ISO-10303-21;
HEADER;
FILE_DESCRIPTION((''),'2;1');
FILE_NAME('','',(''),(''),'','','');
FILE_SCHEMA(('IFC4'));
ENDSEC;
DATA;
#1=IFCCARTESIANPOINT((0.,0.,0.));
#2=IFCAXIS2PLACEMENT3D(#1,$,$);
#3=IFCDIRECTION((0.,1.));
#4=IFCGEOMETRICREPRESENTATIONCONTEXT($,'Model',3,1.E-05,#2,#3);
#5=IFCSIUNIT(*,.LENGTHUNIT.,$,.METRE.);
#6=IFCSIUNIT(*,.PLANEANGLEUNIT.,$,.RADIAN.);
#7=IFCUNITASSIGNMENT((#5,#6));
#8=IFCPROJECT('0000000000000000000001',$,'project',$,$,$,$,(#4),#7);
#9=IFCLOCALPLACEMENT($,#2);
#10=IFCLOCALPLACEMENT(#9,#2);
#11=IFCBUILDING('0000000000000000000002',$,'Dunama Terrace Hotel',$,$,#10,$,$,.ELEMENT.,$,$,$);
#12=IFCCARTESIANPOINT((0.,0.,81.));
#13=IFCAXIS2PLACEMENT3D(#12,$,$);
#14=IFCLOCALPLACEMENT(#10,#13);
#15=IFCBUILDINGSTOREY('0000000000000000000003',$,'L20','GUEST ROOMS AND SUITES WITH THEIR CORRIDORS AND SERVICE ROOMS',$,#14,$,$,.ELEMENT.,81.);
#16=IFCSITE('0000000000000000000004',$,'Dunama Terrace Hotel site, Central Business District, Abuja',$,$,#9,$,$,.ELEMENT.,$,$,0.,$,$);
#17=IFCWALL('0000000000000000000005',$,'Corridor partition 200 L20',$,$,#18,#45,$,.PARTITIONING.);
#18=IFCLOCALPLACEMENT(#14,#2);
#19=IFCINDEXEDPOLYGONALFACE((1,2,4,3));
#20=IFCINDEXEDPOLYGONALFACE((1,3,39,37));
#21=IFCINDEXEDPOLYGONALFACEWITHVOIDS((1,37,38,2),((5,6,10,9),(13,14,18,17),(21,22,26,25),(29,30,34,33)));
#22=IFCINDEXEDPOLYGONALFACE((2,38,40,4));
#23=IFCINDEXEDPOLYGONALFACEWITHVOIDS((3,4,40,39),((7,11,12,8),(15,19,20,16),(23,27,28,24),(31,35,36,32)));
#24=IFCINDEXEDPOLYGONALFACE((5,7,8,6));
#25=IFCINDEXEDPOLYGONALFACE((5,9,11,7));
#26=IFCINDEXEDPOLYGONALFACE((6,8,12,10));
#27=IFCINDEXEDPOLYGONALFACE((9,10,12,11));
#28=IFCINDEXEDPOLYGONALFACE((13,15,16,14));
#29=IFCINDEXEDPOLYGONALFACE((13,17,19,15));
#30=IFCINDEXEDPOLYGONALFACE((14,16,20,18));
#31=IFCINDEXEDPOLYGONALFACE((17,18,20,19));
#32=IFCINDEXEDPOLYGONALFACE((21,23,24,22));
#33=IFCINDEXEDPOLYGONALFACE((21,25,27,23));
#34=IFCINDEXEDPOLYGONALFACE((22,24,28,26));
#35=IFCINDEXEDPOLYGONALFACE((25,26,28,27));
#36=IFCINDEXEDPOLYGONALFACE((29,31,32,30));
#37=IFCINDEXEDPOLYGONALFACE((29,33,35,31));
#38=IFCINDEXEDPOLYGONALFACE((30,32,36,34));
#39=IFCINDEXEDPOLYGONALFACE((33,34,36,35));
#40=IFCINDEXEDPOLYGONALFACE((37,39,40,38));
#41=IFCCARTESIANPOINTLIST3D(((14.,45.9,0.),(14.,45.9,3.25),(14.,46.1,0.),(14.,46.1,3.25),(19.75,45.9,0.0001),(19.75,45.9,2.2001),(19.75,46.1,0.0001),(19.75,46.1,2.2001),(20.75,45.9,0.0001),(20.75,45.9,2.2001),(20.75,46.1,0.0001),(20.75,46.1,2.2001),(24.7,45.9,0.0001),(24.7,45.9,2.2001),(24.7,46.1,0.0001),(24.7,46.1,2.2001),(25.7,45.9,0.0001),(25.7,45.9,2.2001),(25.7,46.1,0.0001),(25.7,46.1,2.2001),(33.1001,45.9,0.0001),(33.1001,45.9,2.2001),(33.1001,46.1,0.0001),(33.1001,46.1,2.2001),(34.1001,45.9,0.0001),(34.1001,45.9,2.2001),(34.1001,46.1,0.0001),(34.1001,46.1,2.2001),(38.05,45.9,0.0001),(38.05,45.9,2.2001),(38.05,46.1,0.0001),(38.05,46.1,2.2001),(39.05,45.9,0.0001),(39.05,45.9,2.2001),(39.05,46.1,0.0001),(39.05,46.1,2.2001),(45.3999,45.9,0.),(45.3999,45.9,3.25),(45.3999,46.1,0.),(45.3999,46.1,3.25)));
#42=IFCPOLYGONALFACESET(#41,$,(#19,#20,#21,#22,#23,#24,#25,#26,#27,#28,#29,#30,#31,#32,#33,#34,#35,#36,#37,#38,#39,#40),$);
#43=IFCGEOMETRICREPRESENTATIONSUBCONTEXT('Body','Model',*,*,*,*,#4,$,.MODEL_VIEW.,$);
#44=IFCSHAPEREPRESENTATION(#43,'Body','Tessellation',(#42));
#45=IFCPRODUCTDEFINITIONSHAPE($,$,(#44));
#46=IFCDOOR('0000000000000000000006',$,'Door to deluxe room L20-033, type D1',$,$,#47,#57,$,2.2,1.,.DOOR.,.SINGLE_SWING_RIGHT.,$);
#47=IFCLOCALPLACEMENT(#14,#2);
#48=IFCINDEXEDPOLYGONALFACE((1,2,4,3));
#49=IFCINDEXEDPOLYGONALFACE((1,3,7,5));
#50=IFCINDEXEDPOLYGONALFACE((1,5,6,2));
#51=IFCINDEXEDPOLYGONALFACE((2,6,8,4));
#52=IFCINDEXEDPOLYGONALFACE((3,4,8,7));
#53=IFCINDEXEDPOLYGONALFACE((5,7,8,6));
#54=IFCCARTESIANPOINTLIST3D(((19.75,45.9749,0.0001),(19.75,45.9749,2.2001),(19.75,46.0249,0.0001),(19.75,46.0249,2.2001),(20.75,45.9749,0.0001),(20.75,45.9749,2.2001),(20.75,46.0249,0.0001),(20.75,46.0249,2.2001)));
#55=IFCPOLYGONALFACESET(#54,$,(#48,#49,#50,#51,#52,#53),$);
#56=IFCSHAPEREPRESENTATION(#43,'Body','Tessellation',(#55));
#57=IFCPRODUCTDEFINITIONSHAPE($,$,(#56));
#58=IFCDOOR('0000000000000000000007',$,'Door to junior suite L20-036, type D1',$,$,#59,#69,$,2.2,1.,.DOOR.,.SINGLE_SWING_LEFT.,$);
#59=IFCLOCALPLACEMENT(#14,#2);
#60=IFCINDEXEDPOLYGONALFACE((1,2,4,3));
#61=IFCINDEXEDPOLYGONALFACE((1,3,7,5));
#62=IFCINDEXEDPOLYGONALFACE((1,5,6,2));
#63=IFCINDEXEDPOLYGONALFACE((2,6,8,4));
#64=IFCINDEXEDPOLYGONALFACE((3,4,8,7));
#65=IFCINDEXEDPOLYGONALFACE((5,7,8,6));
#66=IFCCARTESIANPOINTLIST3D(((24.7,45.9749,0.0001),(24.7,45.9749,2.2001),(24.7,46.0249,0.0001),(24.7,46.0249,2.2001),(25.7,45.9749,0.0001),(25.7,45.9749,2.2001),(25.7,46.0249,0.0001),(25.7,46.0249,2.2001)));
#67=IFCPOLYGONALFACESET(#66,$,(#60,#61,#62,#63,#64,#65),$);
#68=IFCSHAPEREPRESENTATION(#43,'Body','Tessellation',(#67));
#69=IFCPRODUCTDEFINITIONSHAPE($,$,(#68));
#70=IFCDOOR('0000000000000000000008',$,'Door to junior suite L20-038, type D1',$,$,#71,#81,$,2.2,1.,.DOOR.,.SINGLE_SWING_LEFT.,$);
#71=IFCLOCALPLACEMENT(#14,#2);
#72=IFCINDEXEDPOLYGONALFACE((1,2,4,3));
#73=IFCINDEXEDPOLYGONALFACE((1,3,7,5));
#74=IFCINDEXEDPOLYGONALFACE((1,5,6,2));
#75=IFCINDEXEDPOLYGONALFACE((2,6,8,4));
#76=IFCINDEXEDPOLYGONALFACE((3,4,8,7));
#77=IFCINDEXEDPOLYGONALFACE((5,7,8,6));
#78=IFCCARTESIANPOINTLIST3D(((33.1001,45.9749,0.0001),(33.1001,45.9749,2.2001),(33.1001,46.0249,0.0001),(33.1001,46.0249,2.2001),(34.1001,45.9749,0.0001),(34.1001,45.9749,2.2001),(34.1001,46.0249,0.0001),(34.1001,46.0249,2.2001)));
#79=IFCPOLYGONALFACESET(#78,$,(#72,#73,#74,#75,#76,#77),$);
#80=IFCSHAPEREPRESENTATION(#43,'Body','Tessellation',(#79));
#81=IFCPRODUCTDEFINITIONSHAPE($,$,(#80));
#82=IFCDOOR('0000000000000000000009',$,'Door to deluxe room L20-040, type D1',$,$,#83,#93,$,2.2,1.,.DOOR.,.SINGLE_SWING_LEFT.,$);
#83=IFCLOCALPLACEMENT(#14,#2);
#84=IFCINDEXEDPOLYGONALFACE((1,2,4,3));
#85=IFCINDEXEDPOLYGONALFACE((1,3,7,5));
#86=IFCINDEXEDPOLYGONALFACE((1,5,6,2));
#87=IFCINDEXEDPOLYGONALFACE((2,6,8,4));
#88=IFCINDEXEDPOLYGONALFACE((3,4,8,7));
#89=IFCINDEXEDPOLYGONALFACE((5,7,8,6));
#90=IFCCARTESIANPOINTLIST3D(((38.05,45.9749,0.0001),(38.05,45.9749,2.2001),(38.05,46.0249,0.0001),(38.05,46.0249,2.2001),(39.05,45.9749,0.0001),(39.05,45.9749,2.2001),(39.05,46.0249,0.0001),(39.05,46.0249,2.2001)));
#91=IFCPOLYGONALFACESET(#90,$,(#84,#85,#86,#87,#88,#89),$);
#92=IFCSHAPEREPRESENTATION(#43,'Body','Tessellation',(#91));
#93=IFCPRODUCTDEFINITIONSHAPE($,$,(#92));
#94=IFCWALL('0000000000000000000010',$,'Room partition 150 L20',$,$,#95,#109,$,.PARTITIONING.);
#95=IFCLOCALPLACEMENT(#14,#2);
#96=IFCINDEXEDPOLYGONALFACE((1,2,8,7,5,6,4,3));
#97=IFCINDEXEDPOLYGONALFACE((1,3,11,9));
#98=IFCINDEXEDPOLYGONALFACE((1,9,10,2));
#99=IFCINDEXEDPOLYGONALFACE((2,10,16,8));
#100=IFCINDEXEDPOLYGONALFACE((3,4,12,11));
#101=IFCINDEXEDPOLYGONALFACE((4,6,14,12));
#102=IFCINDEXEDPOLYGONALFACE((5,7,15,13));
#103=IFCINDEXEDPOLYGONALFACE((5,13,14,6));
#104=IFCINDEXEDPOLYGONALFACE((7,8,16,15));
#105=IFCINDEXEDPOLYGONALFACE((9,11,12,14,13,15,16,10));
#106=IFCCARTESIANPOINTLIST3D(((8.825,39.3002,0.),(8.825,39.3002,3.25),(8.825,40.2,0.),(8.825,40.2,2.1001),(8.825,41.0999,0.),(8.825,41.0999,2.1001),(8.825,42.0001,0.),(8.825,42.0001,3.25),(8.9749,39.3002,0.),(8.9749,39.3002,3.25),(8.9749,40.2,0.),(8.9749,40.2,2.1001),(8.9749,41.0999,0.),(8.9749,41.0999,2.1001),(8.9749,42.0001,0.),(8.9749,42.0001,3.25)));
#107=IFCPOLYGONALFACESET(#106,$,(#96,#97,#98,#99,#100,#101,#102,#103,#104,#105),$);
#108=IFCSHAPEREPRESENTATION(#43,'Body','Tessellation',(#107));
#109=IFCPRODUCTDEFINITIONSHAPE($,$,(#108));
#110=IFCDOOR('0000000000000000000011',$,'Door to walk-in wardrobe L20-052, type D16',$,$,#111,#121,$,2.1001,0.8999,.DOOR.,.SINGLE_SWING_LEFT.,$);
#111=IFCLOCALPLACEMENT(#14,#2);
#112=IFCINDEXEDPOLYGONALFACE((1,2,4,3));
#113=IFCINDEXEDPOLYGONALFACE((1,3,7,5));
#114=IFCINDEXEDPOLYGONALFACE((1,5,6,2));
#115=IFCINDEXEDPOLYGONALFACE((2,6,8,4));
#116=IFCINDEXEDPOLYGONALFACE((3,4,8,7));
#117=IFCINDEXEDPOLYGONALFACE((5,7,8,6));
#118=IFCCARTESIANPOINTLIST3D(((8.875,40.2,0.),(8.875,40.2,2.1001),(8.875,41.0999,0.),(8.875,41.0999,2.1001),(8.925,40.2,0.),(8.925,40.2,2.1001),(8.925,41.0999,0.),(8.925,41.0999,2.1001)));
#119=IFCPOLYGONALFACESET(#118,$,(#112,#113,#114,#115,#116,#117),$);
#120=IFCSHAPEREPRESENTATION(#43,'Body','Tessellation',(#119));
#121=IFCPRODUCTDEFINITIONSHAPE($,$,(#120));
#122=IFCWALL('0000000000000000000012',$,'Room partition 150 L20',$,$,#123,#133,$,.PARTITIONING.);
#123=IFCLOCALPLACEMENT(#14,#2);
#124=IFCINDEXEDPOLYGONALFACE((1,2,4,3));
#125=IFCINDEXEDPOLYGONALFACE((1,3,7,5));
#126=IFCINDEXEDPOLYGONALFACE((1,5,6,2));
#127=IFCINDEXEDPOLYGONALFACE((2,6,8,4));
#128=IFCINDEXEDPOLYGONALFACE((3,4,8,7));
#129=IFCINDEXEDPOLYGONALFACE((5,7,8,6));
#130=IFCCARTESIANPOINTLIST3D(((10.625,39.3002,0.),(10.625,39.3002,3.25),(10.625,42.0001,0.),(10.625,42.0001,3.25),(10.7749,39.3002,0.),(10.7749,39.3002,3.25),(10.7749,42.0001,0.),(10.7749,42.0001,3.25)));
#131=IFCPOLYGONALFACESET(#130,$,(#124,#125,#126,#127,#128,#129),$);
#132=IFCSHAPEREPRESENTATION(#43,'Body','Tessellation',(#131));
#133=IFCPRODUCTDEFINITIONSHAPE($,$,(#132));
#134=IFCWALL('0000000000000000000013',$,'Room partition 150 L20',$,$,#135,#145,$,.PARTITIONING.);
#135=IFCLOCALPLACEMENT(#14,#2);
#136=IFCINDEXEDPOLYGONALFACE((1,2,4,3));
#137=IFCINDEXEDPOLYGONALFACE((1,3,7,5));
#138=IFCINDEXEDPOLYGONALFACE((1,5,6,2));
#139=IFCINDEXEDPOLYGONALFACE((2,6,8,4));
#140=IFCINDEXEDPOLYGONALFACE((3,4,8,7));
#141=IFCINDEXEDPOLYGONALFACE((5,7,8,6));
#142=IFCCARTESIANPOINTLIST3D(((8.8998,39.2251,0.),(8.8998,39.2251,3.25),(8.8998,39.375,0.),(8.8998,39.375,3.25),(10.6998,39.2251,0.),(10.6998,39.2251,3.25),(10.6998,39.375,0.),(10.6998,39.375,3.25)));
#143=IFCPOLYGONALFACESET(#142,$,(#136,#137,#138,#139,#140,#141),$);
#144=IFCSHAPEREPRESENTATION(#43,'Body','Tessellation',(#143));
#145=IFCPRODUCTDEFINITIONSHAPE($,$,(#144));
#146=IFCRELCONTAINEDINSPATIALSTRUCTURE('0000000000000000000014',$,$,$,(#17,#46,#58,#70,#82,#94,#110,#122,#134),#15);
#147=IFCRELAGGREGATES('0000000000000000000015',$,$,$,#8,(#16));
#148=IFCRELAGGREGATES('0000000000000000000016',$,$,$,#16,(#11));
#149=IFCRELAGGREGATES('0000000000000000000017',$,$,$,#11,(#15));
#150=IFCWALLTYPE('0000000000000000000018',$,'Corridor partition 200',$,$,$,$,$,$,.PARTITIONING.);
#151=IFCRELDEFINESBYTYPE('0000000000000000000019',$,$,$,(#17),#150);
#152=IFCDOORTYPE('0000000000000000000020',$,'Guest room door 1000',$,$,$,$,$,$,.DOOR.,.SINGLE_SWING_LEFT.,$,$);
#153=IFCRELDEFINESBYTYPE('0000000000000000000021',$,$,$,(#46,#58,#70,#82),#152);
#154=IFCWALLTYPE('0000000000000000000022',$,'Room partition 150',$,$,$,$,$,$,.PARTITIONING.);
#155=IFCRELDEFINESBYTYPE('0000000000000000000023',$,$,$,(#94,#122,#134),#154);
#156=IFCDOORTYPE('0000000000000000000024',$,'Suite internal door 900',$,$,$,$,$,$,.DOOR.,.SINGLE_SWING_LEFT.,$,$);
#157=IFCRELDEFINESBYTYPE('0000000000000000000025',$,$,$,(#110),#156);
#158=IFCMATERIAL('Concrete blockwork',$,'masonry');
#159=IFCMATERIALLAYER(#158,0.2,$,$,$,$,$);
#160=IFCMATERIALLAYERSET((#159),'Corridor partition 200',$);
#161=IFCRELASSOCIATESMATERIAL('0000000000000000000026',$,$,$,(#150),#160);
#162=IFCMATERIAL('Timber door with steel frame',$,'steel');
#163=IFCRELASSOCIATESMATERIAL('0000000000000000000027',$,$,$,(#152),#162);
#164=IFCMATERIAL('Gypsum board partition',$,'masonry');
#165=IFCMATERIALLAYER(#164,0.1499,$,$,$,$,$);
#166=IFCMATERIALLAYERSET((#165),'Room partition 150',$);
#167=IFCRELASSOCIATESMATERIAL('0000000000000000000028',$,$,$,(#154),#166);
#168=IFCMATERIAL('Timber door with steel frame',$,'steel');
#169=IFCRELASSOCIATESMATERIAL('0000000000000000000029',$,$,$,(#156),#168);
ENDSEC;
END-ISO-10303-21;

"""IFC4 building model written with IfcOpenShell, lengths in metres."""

from ifc_helpers import new_model, si_unit, direction, frame, frame_2d, origin, place, context, subcontext, project, spatial, rectangle, extrude, material, layer, layer_set, type_object, element, fill, save


model = new_model("IFC4")

# Units and contexts
model_context = context("Model", 3, precision=1e-05, world=origin(), true_north=direction((0.0, 1.0)))
body_context = subcontext(model_context, "Body", "Model", "MODEL_VIEW")
ifc_project = project(units=[si_unit("LENGTHUNIT", "METRE"), si_unit("PLANEANGLEUNIT", "RADIAN")], contexts=[model_context])

# Site, building, storey
site_placement = place(None, origin())
site = spatial("IfcSite", under=ifc_project, at=site_placement, Name="Dunama Terrace Hotel site, Central Business District, Abuja", CompositionType="ELEMENT", RefElevation=0.0)
building_placement = place(site_placement, origin())
building = spatial("IfcBuilding", under=site, at=building_placement, Name="Dunama Terrace Hotel", CompositionType="ELEMENT")
storey_placement = place(building_placement, frame((0.0, 0.0, 81.0)))
storey = spatial("IfcBuildingStorey", under=building, at=storey_placement, Name="L20", Description="GUEST ROOMS AND SUITES WITH THEIR CORRIDORS AND SERVICE ROOMS", CompositionType="ELEMENT", Elevation=81.0)

# Wall, openings, doors
ifc_material_1 = material(Name="Concrete blockwork", Category="masonry")
ifc_layer_1 = layer(ifc_material_1, 0.2)
ifc_layer_set_1 = layer_set([ifc_layer_1], Name="Corridor partition 200")
wall_type_1 = type_object("IfcWallType", Name="Corridor partition 200", PredefinedType="PARTITIONING", material=ifc_layer_set_1)
wall_1_placement = place(storey_placement, frame((14.0, 46.0, 0.0), z_axis=(0.0, 0.0, 1.0), x_axis=(1.0, 0.0, 0.0)))
wall_1 = element("IfcWall", 1, at=wall_1_placement, inside=storey, type_object=wall_type_1, Name="Corridor partition 200 L20", PredefinedType="PARTITIONING", context=body_context, shape_type="SweptSolid", body=[
    extrude(rectangle(XDim=31.3999, YDim=0.2, at=frame_2d((15.7, 0.0))), origin(), (0.0, 0.0, 1.0), 3.25),
])
opening_1_placement = place(wall_1_placement, frame((5.75, 0.0, 0.0)))
opening_1 = element("IfcOpeningElement", 2, at=opening_1_placement, cuts=wall_1, PredefinedType="OPENING", context=body_context, shape_type="SweptSolid", body=[
    extrude(rectangle(XDim=1.0, YDim=2.2, at=frame_2d((0.5, 1.1001))), frame((0.0, 0.1099, 0.0), z_axis=(0.0, -1.0, 0.0), x_axis=(1.0, 0.0, 0.0)), (0.0, 0.0, 1.0), 0.22),
])
opening_2_placement = place(wall_1_placement, frame((10.7, 0.0, 0.0)))
opening_2 = element("IfcOpeningElement", 3, at=opening_2_placement, cuts=wall_1, PredefinedType="OPENING", context=body_context, shape_type="SweptSolid", body=[
    extrude(rectangle(XDim=1.0, YDim=2.2, at=frame_2d((0.5, 1.1001))), frame((0.0, 0.1099, 0.0), z_axis=(0.0, -1.0, 0.0), x_axis=(1.0, 0.0, 0.0)), (0.0, 0.0, 1.0), 0.22),
])
opening_3_placement = place(wall_1_placement, frame((19.1001, 0.0, 0.0)))
opening_3 = element("IfcOpeningElement", 4, at=opening_3_placement, cuts=wall_1, PredefinedType="OPENING", context=body_context, shape_type="SweptSolid", body=[
    extrude(rectangle(XDim=1.0, YDim=2.2, at=frame_2d((0.5, 1.1001))), frame((0.0, 0.1099, 0.0), z_axis=(0.0, -1.0, 0.0), x_axis=(1.0, 0.0, 0.0)), (0.0, 0.0, 1.0), 0.22),
])
opening_4_placement = place(wall_1_placement, frame((24.05, 0.0, 0.0)))
opening_4 = element("IfcOpeningElement", 5, at=opening_4_placement, cuts=wall_1, PredefinedType="OPENING", context=body_context, shape_type="SweptSolid", body=[
    extrude(rectangle(XDim=1.0, YDim=2.2, at=frame_2d((0.5, 1.1001))), frame((0.0, 0.1099, 0.0), z_axis=(0.0, -1.0, 0.0), x_axis=(1.0, 0.0, 0.0)), (0.0, 0.0, 1.0), 0.22),
])
ifc_material_2 = material(Name="Timber door with steel frame", Category="steel")
door_type_1 = type_object("IfcDoorType", Name="Guest room door 1000", OperationType="SINGLE_SWING_LEFT", PredefinedType="DOOR", material=ifc_material_2)
door_1_placement = place(opening_1_placement, origin())
door_1 = element("IfcDoor", 6, at=door_1_placement, inside=storey, type_object=door_type_1, Name="Door to deluxe room L20-033, type D1", OperationType="SINGLE_SWING_RIGHT", OverallHeight=2.2, OverallWidth=1.0, PredefinedType="DOOR", context=body_context, shape_type="SweptSolid", body=[
    extrude(rectangle(XDim=1.0, YDim=2.2, at=frame_2d((0.5, 1.1001))), frame((0.0, 0.0249, 0.0), z_axis=(0.0, -1.0, 0.0), x_axis=(1.0, 0.0, 0.0)), (0.0, 0.0, 1.0), 0.05),
])
fill(opening_1, door_1)
door_2_placement = place(opening_2_placement, origin())
door_2 = element("IfcDoor", 7, at=door_2_placement, inside=storey, type_object=door_type_1, Name="Door to junior suite L20-036, type D1", OperationType="SINGLE_SWING_LEFT", OverallHeight=2.2, OverallWidth=1.0, PredefinedType="DOOR", context=body_context, shape_type="SweptSolid", body=[
    extrude(rectangle(XDim=1.0, YDim=2.2, at=frame_2d((0.5, 1.1001))), frame((0.0, 0.0249, 0.0), z_axis=(0.0, -1.0, 0.0), x_axis=(1.0, 0.0, 0.0)), (0.0, 0.0, 1.0), 0.05),
])
fill(opening_2, door_2)
door_3_placement = place(opening_3_placement, origin())
door_3 = element("IfcDoor", 8, at=door_3_placement, inside=storey, type_object=door_type_1, Name="Door to junior suite L20-038, type D1", OperationType="SINGLE_SWING_LEFT", OverallHeight=2.2, OverallWidth=1.0, PredefinedType="DOOR", context=body_context, shape_type="SweptSolid", body=[
    extrude(rectangle(XDim=1.0, YDim=2.2, at=frame_2d((0.5, 1.1001))), frame((0.0, 0.0249, 0.0), z_axis=(0.0, -1.0, 0.0), x_axis=(1.0, 0.0, 0.0)), (0.0, 0.0, 1.0), 0.05),
])
fill(opening_3, door_3)
door_4_placement = place(opening_4_placement, origin())
door_4 = element("IfcDoor", 9, at=door_4_placement, inside=storey, type_object=door_type_1, Name="Door to deluxe room L20-040, type D1", OperationType="SINGLE_SWING_LEFT", OverallHeight=2.2, OverallWidth=1.0, PredefinedType="DOOR", context=body_context, shape_type="SweptSolid", body=[
    extrude(rectangle(XDim=1.0, YDim=2.2, at=frame_2d((0.5, 1.1001))), frame((0.0, 0.0249, 0.0), z_axis=(0.0, -1.0, 0.0), x_axis=(1.0, 0.0, 0.0)), (0.0, 0.0, 1.0), 0.05),
])
fill(opening_4, door_4)

# Wall, opening, door
ifc_material_3 = material(Name="Gypsum board partition", Category="masonry")
ifc_layer_2 = layer(ifc_material_3, 0.1499)
ifc_layer_set_2 = layer_set([ifc_layer_2], Name="Room partition 150")
wall_type_2 = type_object("IfcWallType", Name="Room partition 150", PredefinedType="PARTITIONING", material=ifc_layer_set_2)
wall_2_placement = place(storey_placement, frame((8.8999, 39.3, 0.0), z_axis=(0.0, 0.0, 1.0), x_axis=(0.0, 1.0, 0.0)))
wall_2 = element("IfcWall", 10, at=wall_2_placement, inside=storey, type_object=wall_type_2, Name="Room partition 150 L20", PredefinedType="PARTITIONING", context=body_context, shape_type="SweptSolid", body=[
    extrude(rectangle(XDim=2.7, YDim=0.1499, at=frame_2d((1.3501, 0.0))), origin(), (0.0, 0.0, 1.0), 3.25),
])
opening_5_placement = place(wall_2_placement, frame((0.8999, 0.0, 0.0)))
opening_5 = element("IfcOpeningElement", 11, at=opening_5_placement, cuts=wall_2, PredefinedType="OPENING", context=body_context, shape_type="SweptSolid", body=[
    extrude(rectangle(XDim=0.8999, YDim=2.1001, at=frame_2d((0.45, 1.05))), frame((0.0, 0.085, 0.0), z_axis=(0.0, -1.0, 0.0), x_axis=(1.0, 0.0, 0.0)), (0.0, 0.0, 1.0), 0.1699),
])
ifc_material_4 = material(Name="Timber door with steel frame", Category="steel")
door_type_2 = type_object("IfcDoorType", Name="Suite internal door 900", OperationType="SINGLE_SWING_LEFT", PredefinedType="DOOR", material=ifc_material_4)
door_5_placement = place(opening_5_placement, frame((0.8999, 0.0, 0.0), z_axis=(0.0, 0.0, 1.0), x_axis=(-1.0, 0.0, 0.0)))
door_5 = element("IfcDoor", 12, at=door_5_placement, inside=storey, type_object=door_type_2, Name="Door to walk-in wardrobe L20-052, type D16", OperationType="SINGLE_SWING_LEFT", OverallHeight=2.1001, OverallWidth=0.8999, PredefinedType="DOOR", context=body_context, shape_type="SweptSolid", body=[
    extrude(rectangle(XDim=0.8999, YDim=2.1001, at=frame_2d((0.45, 1.05))), frame((0.0, 0.0251, 0.0), z_axis=(0.0, -1.0, 0.0), x_axis=(1.0, 0.0, 0.0)), (0.0, 0.0, 1.0), 0.05),
])
fill(opening_5, door_5)

# Walls
wall_3_placement = place(storey_placement, frame((10.7, 39.3, 0.0), z_axis=(0.0, 0.0, 1.0), x_axis=(0.0, 1.0, 0.0)))
element("IfcWall", 13, at=wall_3_placement, inside=storey, type_object=wall_type_2, Name="Room partition 150 L20", PredefinedType="PARTITIONING", context=body_context, shape_type="SweptSolid", body=[
    extrude(rectangle(XDim=2.7, YDim=0.1499, at=frame_2d((1.3501, 0.0))), origin(), (0.0, 0.0, 1.0), 3.25),
])
wall_4_placement = place(storey_placement, frame((8.8999, 39.3, 0.0), z_axis=(0.0, 0.0, 1.0), x_axis=(1.0, 0.0, 0.0)))
element("IfcWall", 14, at=wall_4_placement, inside=storey, type_object=wall_type_2, Name="Room partition 150 L20", PredefinedType="PARTITIONING", context=body_context, shape_type="SweptSolid", body=[
    extrude(rectangle(XDim=1.8, YDim=0.1499, at=frame_2d((0.8999, 0.0))), origin(), (0.0, 0.0, 1.0), 3.25),
])

save(model, "model.ifc")
